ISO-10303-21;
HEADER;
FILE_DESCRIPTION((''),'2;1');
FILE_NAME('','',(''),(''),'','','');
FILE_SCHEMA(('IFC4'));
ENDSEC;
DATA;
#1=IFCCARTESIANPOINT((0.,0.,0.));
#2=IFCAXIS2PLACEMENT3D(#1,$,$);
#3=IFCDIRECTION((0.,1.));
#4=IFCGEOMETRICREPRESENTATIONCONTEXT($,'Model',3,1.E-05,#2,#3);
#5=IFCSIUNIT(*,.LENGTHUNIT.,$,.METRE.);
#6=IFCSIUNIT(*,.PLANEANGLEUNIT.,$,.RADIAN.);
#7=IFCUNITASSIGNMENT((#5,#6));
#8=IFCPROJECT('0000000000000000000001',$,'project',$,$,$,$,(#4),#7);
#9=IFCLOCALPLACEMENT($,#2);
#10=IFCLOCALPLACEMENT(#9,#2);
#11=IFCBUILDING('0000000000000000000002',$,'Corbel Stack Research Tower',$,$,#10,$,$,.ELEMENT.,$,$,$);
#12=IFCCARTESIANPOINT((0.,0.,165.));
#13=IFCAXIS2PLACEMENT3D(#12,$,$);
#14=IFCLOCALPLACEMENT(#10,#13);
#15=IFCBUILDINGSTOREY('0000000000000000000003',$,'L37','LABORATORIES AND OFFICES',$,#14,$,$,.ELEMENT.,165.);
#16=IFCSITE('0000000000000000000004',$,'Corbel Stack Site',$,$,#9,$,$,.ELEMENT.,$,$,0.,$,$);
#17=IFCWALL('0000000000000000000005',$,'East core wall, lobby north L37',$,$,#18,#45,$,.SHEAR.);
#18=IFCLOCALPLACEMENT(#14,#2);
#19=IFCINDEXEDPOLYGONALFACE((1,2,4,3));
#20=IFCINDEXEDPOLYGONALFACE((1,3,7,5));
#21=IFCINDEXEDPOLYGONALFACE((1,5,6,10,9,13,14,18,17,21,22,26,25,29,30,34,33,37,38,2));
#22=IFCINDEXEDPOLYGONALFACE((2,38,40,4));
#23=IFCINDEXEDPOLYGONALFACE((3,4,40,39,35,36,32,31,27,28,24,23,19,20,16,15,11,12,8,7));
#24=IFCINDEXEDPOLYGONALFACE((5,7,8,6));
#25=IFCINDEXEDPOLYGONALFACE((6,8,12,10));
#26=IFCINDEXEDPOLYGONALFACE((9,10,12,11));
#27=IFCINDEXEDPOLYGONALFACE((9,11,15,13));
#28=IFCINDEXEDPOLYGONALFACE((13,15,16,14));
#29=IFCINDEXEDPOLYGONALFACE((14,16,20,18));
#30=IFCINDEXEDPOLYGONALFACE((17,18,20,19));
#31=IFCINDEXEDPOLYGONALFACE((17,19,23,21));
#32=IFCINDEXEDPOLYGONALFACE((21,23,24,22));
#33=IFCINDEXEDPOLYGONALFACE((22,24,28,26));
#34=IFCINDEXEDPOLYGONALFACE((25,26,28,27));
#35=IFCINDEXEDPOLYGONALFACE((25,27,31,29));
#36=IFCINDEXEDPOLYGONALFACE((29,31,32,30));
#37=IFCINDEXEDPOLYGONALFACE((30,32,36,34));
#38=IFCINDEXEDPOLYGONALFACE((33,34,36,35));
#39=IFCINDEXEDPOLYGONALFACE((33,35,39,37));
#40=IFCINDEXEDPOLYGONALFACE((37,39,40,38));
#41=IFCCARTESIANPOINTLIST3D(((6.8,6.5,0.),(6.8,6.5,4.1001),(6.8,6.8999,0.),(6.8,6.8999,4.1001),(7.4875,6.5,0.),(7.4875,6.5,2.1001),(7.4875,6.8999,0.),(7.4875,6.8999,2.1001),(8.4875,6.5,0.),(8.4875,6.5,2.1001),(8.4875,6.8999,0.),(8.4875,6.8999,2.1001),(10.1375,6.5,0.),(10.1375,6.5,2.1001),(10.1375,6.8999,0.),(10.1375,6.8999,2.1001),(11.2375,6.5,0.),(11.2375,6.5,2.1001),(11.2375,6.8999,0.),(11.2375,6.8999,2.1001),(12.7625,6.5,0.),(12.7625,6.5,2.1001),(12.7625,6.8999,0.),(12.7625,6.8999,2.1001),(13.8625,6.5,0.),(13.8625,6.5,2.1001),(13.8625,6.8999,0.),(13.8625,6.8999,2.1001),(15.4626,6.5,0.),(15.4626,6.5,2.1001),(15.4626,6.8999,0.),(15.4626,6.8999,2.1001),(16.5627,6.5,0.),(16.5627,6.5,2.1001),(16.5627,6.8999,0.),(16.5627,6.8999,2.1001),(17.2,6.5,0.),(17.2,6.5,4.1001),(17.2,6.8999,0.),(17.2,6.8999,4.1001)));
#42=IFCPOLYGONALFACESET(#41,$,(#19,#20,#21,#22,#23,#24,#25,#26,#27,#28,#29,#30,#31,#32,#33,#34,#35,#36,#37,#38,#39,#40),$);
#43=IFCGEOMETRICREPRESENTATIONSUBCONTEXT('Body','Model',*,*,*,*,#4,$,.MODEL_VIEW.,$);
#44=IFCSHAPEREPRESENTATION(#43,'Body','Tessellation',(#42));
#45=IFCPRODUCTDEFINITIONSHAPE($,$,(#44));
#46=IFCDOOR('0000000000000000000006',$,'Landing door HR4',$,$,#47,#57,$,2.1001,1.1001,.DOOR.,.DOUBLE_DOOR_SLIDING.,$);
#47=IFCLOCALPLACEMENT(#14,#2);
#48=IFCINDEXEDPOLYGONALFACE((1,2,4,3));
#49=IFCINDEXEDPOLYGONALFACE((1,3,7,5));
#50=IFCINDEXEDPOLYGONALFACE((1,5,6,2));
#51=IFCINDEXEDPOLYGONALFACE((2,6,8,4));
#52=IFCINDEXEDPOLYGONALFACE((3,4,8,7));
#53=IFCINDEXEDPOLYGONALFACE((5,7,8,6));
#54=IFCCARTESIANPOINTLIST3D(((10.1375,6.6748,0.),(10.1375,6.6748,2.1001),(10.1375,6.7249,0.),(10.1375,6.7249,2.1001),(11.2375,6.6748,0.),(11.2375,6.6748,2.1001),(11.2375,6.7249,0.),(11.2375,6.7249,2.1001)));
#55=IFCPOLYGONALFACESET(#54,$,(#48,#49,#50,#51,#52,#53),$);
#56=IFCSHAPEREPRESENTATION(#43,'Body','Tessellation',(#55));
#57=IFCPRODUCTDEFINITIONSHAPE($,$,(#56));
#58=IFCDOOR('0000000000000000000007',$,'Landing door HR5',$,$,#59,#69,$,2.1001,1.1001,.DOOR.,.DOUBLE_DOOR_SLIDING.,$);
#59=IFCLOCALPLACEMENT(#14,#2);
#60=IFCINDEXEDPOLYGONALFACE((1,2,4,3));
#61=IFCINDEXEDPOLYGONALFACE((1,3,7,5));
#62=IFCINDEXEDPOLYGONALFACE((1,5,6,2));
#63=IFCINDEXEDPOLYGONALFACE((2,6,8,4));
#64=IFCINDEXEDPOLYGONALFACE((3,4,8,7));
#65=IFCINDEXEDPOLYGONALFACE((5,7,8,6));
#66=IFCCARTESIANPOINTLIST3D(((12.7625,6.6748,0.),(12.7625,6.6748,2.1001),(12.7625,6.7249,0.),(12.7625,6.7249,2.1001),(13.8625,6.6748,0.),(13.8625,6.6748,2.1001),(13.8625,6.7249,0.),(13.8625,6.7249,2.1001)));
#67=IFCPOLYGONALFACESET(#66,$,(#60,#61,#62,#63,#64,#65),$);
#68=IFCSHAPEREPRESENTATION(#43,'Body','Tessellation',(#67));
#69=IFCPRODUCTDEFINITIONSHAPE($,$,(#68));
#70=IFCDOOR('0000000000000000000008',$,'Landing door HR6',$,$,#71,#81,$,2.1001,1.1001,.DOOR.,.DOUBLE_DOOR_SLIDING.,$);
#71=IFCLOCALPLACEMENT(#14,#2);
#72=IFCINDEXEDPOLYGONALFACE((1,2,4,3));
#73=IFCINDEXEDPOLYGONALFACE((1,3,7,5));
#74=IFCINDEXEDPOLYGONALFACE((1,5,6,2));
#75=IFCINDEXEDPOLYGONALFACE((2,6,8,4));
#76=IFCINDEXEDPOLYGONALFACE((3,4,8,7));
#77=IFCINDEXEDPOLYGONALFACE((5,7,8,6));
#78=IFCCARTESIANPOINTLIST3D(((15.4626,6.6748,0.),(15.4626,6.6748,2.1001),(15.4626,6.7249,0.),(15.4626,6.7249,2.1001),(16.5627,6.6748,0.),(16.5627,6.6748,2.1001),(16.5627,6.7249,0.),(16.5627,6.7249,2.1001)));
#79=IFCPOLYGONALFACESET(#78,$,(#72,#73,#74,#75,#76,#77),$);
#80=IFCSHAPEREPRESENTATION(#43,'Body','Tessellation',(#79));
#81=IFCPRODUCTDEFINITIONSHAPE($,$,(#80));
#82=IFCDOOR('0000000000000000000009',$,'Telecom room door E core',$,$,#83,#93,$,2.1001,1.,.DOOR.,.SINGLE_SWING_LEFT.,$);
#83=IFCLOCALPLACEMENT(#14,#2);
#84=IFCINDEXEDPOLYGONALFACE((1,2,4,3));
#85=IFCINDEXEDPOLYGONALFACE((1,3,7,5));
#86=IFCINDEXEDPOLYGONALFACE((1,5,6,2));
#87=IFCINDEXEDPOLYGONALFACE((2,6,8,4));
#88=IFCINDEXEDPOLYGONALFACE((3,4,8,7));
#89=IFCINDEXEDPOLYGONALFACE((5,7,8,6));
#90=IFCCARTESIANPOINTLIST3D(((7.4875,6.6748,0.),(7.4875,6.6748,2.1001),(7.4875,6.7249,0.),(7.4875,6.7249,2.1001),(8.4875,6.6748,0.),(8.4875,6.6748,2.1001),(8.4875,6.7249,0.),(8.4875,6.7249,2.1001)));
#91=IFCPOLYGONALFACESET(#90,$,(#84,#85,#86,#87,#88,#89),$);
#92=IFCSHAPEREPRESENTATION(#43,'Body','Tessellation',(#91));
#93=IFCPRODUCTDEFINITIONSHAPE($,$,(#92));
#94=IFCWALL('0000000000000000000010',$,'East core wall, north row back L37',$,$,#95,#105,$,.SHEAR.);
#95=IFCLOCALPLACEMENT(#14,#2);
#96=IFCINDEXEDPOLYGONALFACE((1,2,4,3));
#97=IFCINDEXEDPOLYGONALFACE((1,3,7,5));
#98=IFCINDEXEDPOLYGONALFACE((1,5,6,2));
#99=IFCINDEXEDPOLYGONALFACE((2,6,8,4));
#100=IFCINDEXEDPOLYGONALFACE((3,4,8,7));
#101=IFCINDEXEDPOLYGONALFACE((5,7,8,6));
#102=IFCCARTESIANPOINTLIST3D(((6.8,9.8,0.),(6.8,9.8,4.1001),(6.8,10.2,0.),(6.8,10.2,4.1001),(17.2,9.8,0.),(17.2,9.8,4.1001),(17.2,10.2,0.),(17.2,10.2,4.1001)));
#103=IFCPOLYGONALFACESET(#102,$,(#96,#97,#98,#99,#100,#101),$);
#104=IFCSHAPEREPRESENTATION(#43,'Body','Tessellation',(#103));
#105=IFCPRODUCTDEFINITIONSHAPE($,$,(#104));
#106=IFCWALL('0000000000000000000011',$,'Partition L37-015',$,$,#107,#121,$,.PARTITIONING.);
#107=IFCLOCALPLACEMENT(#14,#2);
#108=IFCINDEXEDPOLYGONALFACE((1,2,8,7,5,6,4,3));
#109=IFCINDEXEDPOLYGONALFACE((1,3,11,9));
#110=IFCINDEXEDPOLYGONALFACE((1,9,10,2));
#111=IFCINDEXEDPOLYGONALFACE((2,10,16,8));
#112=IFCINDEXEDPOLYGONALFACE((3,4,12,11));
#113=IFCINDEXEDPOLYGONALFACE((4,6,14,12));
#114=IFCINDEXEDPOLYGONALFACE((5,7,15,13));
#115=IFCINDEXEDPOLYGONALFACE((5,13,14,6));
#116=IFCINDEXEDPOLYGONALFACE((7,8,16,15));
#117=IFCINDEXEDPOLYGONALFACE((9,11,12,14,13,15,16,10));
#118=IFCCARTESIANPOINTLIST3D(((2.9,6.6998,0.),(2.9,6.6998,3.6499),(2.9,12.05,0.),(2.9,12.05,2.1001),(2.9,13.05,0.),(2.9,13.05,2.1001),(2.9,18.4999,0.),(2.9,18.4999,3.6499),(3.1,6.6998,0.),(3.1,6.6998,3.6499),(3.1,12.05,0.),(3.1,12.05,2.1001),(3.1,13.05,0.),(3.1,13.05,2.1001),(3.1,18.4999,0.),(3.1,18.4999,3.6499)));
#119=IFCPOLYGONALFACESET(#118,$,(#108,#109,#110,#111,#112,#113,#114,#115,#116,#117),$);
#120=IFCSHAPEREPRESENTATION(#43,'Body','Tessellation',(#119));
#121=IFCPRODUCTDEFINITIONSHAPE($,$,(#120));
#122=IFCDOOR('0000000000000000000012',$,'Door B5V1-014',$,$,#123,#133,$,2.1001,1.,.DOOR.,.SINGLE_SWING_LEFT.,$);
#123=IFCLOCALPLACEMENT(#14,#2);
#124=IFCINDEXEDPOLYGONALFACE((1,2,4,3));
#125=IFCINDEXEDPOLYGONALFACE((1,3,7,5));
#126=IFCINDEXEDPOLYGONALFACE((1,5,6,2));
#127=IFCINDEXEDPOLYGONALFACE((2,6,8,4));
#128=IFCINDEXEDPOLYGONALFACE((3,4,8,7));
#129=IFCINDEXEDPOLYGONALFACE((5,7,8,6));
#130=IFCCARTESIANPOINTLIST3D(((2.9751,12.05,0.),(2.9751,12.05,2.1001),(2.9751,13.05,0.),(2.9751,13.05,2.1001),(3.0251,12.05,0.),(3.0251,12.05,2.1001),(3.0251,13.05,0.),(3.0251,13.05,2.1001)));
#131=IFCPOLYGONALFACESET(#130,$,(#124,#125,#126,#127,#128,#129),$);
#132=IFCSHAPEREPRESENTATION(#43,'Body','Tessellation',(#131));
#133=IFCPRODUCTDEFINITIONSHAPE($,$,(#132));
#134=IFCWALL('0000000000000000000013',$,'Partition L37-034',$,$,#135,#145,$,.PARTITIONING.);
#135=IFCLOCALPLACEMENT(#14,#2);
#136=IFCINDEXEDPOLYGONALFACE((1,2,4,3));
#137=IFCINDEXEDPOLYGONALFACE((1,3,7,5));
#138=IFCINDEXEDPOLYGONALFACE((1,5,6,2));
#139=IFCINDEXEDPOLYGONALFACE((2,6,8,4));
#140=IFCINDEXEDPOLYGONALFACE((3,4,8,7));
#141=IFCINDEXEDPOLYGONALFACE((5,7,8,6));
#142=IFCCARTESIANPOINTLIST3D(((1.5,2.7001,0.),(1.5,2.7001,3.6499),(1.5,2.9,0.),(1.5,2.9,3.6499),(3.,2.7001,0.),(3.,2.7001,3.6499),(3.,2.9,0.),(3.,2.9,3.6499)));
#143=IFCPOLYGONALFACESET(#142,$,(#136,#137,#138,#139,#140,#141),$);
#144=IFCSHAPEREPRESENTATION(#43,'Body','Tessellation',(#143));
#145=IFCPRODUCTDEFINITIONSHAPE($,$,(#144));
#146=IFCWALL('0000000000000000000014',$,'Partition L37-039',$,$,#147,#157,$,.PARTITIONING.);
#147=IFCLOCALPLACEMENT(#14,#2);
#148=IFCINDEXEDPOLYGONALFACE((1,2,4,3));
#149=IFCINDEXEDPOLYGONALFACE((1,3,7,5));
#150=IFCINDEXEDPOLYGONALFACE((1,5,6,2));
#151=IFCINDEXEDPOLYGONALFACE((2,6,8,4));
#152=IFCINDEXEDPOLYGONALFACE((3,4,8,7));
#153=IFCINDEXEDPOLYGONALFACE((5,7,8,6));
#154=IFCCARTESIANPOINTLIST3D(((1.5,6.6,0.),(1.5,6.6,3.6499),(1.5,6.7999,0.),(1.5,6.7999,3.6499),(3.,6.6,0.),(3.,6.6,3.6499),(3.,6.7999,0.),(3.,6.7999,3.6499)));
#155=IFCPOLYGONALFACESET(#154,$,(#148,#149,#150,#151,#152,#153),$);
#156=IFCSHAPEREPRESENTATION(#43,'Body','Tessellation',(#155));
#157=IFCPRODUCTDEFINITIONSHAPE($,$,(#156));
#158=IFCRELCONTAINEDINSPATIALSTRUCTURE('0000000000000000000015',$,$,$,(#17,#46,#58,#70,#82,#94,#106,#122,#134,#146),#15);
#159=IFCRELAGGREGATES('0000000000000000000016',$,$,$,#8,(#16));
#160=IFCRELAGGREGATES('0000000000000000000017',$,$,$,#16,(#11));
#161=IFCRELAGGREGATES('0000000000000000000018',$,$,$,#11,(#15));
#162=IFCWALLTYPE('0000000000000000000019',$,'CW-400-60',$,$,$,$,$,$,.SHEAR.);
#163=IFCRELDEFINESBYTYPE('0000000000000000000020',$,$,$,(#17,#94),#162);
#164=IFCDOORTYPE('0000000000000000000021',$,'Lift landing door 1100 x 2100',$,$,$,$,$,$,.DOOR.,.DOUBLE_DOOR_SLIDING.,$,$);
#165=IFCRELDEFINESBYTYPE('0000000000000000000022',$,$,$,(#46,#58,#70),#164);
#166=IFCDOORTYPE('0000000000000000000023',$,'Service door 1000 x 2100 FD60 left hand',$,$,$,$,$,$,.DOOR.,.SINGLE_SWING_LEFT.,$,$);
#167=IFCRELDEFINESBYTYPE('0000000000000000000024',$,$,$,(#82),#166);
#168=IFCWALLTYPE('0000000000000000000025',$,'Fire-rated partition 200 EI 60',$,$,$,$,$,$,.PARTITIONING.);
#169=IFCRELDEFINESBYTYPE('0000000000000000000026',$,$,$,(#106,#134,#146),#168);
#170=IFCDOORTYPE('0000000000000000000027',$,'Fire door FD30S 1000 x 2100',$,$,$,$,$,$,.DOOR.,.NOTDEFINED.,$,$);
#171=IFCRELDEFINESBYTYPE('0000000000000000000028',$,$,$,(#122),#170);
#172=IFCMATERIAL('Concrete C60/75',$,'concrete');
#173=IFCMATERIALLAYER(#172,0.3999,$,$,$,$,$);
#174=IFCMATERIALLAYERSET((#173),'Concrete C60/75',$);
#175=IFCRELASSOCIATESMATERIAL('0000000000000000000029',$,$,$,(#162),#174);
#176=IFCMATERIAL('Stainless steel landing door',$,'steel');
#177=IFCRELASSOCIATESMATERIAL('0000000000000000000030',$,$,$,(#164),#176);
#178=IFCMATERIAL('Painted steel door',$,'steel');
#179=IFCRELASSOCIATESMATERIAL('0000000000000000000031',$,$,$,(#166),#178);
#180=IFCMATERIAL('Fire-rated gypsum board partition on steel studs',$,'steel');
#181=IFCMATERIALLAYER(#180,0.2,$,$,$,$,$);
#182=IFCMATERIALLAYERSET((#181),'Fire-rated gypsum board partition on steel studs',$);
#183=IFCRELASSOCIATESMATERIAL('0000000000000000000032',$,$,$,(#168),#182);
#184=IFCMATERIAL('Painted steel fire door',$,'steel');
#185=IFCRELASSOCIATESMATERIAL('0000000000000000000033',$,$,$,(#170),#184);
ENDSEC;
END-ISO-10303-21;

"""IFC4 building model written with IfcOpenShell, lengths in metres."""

from ifc_helpers import new_model, si_unit, direction, frame, frame_2d, origin, place, context, subcontext, project, spatial, rectangle, extrude, material, layer, layer_set, type_object, element, fill, save


model = new_model("IFC4")

# Units and contexts
model_context = context("Model", 3, precision=1e-05, world=origin(), true_north=direction((0.0, 1.0)))
body_context = subcontext(model_context, "Body", "Model", "MODEL_VIEW")
ifc_project = project(units=[si_unit("LENGTHUNIT", "METRE"), si_unit("PLANEANGLEUNIT", "RADIAN")], contexts=[model_context])

# Site, building, storey
site_placement = place(None, origin())
site = spatial("IfcSite", under=ifc_project, at=site_placement, Name="Corbel Stack Site", CompositionType="ELEMENT", RefElevation=0.0)
building_placement = place(site_placement, origin())
building = spatial("IfcBuilding", under=site, at=building_placement, Name="Corbel Stack Research Tower", CompositionType="ELEMENT")
storey_placement = place(building_placement, frame((0.0, 0.0, 165.0)))
storey = spatial("IfcBuildingStorey", under=building, at=storey_placement, Name="L37", Description="LABORATORIES AND OFFICES", CompositionType="ELEMENT", Elevation=165.0)

# Wall, openings, doors
ifc_material_1 = material(Name="Concrete C60/75", Category="concrete")
ifc_layer_1 = layer(ifc_material_1, 0.3999)
ifc_layer_set_1 = layer_set([ifc_layer_1], Name="Concrete C60/75")
wall_type_1 = type_object("IfcWallType", Name="CW-400-60", PredefinedType="SHEAR", material=ifc_layer_set_1)
ifc_material_2 = material(Name="Stainless steel landing door", Category="steel")
door_type_1 = type_object("IfcDoorType", Name="Lift landing door 1100 x 2100", OperationType="DOUBLE_DOOR_SLIDING", PredefinedType="DOOR", material=ifc_material_2)
ifc_material_3 = material(Name="Painted steel door", Category="steel")
door_type_2 = type_object("IfcDoorType", Name="Service door 1000 x 2100 FD60 left hand", OperationType="SINGLE_SWING_LEFT", PredefinedType="DOOR", material=ifc_material_3)
wall_1_placement = place(storey_placement, frame((6.8, 6.7, 0.0), z_axis=(0.0, 0.0, 1.0), x_axis=(1.0, 0.0, 0.0)))
wall_1 = element("IfcWall", 1, at=wall_1_placement, inside=storey, type_object=wall_type_1, Name="East core wall, lobby north L37", PredefinedType="SHEAR", context=body_context, shape_type="SweptSolid", body=[
    extrude(rectangle(XDim=10.3999, YDim=0.3999, at=frame_2d((5.2, 0.0))), origin(), (0.0, 0.0, 1.0), 4.1001),
])
opening_1_placement = place(wall_1_placement, frame((3.3374, 0.0, 0.0)))
opening_1 = element("IfcOpeningElement", 2, at=opening_1_placement, cuts=wall_1, PredefinedType="OPENING", context=body_context, shape_type="SweptSolid", body=[
    extrude(rectangle(XDim=1.1001, YDim=2.1001, at=frame_2d((0.55, 1.05))), frame((0.0, 0.21, 0.0), z_axis=(0.0, -1.0, 0.0), x_axis=(1.0, 0.0, 0.0)), (0.0, 0.0, 1.0), 0.4199),
])
opening_2_placement = place(wall_1_placement, frame((5.9624, 0.0, 0.0)))
opening_2 = element("IfcOpeningElement", 3, at=opening_2_placement, cuts=wall_1, PredefinedType="OPENING", context=body_context, shape_type="SweptSolid", body=[
    extrude(rectangle(XDim=1.1001, YDim=2.1001, at=frame_2d((0.55, 1.05))), frame((0.0, 0.21, 0.0), z_axis=(0.0, -1.0, 0.0), x_axis=(1.0, 0.0, 0.0)), (0.0, 0.0, 1.0), 0.4199),
])
opening_3_placement = place(wall_1_placement, frame((8.6626, 0.0, 0.0)))
opening_3 = element("IfcOpeningElement", 4, at=opening_3_placement, cuts=wall_1, PredefinedType="OPENING", context=body_context, shape_type="SweptSolid", body=[
    extrude(rectangle(XDim=1.1001, YDim=2.1001, at=frame_2d((0.55, 1.05))), frame((0.0, 0.21, 0.0), z_axis=(0.0, -1.0, 0.0), x_axis=(1.0, 0.0, 0.0)), (0.0, 0.0, 1.0), 0.4199),
])
opening_4_placement = place(wall_1_placement, frame((0.6875, 0.0, 0.0)))
opening_4 = element("IfcOpeningElement", 5, at=opening_4_placement, cuts=wall_1, PredefinedType="OPENING", context=body_context, shape_type="SweptSolid", body=[
    extrude(rectangle(XDim=1.0, YDim=2.1001, at=frame_2d((0.5, 1.05))), frame((0.0, 0.21, 0.0), z_axis=(0.0, -1.0, 0.0), x_axis=(1.0, 0.0, 0.0)), (0.0, 0.0, 1.0), 0.4199),
])
door_1_placement = place(opening_1_placement, origin())
door_1 = element("IfcDoor", 6, at=door_1_placement, inside=storey, type_object=door_type_1, Name="Landing door HR4", OperationType="DOUBLE_DOOR_SLIDING", OverallHeight=2.1001, OverallWidth=1.1001, PredefinedType="DOOR", context=body_context, shape_type="SweptSolid", body=[
    extrude(rectangle(XDim=1.1001, YDim=2.1001, at=frame_2d((0.55, 1.05))), frame((0.0, 0.0249, 0.0), z_axis=(0.0, -1.0, 0.0), x_axis=(1.0, 0.0, 0.0)), (0.0, 0.0, 1.0), 0.05),
])
fill(opening_1, door_1)
door_2_placement = place(opening_2_placement, origin())
door_2 = element("IfcDoor", 7, at=door_2_placement, inside=storey, type_object=door_type_1, Name="Landing door HR5", OperationType="DOUBLE_DOOR_SLIDING", OverallHeight=2.1001, OverallWidth=1.1001, PredefinedType="DOOR", context=body_context, shape_type="SweptSolid", body=[
    extrude(rectangle(XDim=1.1001, YDim=2.1001, at=frame_2d((0.55, 1.05))), frame((0.0, 0.0249, 0.0), z_axis=(0.0, -1.0, 0.0), x_axis=(1.0, 0.0, 0.0)), (0.0, 0.0, 1.0), 0.05),
])
fill(opening_2, door_2)
door_3_placement = place(opening_3_placement, origin())
door_3 = element("IfcDoor", 8, at=door_3_placement, inside=storey, type_object=door_type_1, Name="Landing door HR6", OperationType="DOUBLE_DOOR_SLIDING", OverallHeight=2.1001, OverallWidth=1.1001, PredefinedType="DOOR", context=body_context, shape_type="SweptSolid", body=[
    extrude(rectangle(XDim=1.1001, YDim=2.1001, at=frame_2d((0.55, 1.05))), frame((0.0, 0.0249, 0.0), z_axis=(0.0, -1.0, 0.0), x_axis=(1.0, 0.0, 0.0)), (0.0, 0.0, 1.0), 0.05),
])
fill(opening_3, door_3)
door_4_placement = place(opening_4_placement, origin())
door_4 = element("IfcDoor", 9, at=door_4_placement, inside=storey, type_object=door_type_2, Name="Telecom room door E core", OperationType="SINGLE_SWING_LEFT", OverallHeight=2.1001, OverallWidth=1.0, PredefinedType="DOOR", context=body_context, shape_type="SweptSolid", body=[
    extrude(rectangle(XDim=1.0, YDim=2.1001, at=frame_2d((0.5, 1.05))), frame((0.0, 0.0249, 0.0), z_axis=(0.0, -1.0, 0.0), x_axis=(1.0, 0.0, 0.0)), (0.0, 0.0, 1.0), 0.05),
])
fill(opening_4, door_4)

# Wall
wall_2_placement = place(storey_placement, frame((6.8, 10.0, 0.0), z_axis=(0.0, 0.0, 1.0), x_axis=(1.0, 0.0, 0.0)))
element("IfcWall", 10, at=wall_2_placement, inside=storey, type_object=wall_type_1, Name="East core wall, north row back L37", PredefinedType="SHEAR", context=body_context, shape_type="SweptSolid", body=[
    extrude(rectangle(XDim=10.3999, YDim=0.3999, at=frame_2d((5.2, 0.0))), origin(), (0.0, 0.0, 1.0), 4.1001),
])

# Wall, opening, door
ifc_material_4 = material(Name="Fire-rated gypsum board partition on steel studs", Category="steel")
ifc_layer_2 = layer(ifc_material_4, 0.2)
ifc_layer_set_2 = layer_set([ifc_layer_2], Name="Fire-rated gypsum board partition on steel studs")
wall_type_2 = type_object("IfcWallType", Name="Fire-rated partition 200 EI 60", PredefinedType="PARTITIONING", material=ifc_layer_set_2)
wall_3_placement = place(storey_placement, frame((3.0, 6.7, 0.0), z_axis=(0.0, 0.0, 1.0), x_axis=(0.0, 1.0, 0.0)))
wall_3 = element("IfcWall", 11, at=wall_3_placement, inside=storey, type_object=wall_type_2, Name="Partition L37-015", PredefinedType="PARTITIONING", context=body_context, shape_type="SweptSolid", body=[
    extrude(rectangle(XDim=11.8, YDim=0.2, at=frame_2d((5.8999, 0.0))), origin(), (0.0, 0.0, 1.0), 3.6499),
])
opening_5_placement = place(wall_3_placement, frame((5.3501, 0.0, 0.0)))
opening_5 = element("IfcOpeningElement", 12, at=opening_5_placement, cuts=wall_3, PredefinedType="OPENING", context=body_context, shape_type="SweptSolid", body=[
    extrude(rectangle(XDim=1.0, YDim=2.1001, at=frame_2d((0.5, 1.05))), frame((0.0, 0.1099, 0.0), z_axis=(0.0, -1.0, 0.0), x_axis=(1.0, 0.0, 0.0)), (0.0, 0.0, 1.0), 0.22),
])
ifc_material_5 = material(Name="Painted steel fire door", Category="steel")
door_type_3 = type_object("IfcDoorType", Name="Fire door FD30S 1000 x 2100", OperationType="NOTDEFINED", PredefinedType="DOOR", material=ifc_material_5)
door_5_placement = place(opening_5_placement, origin())
door_5 = element("IfcDoor", 13, at=door_5_placement, inside=storey, type_object=door_type_3, Name="Door B5V1-014", OperationType="SINGLE_SWING_LEFT", OverallHeight=2.1001, OverallWidth=1.0, PredefinedType="DOOR", context=body_context, shape_type="SweptSolid", body=[
    extrude(rectangle(XDim=1.0, YDim=2.1001, at=frame_2d((0.5, 1.05))), frame((0.0, 0.0249, 0.0), z_axis=(0.0, -1.0, 0.0), x_axis=(1.0, 0.0, 0.0)), (0.0, 0.0, 1.0), 0.05),
])
fill(opening_5, door_5)

# Walls
for number, where, z_axis, x_axis, name in (
    (14, (1.5, 2.8, 0.0), (0.0, 0.0, 1.0), (1.0, 0.0, 0.0), "Partition L37-034"),
    (15, (1.5, 6.7, 0.0), (0.0, 0.0, 1.0), (1.0, 0.0, 0.0), "Partition L37-039"),
):
    element("IfcWall", number, at=place(storey_placement, frame(where, z_axis=z_axis, x_axis=x_axis)), inside=storey, type_object=wall_type_2, Name=name, PredefinedType="PARTITIONING", context=body_context, shape_type="SweptSolid", body=[
        extrude(rectangle(XDim=1.5, YDim=0.2, at=frame_2d((0.75, 0.0))), origin(), (0.0, 0.0, 1.0), 3.6499),
    ])

save(model, "model.ifc")
